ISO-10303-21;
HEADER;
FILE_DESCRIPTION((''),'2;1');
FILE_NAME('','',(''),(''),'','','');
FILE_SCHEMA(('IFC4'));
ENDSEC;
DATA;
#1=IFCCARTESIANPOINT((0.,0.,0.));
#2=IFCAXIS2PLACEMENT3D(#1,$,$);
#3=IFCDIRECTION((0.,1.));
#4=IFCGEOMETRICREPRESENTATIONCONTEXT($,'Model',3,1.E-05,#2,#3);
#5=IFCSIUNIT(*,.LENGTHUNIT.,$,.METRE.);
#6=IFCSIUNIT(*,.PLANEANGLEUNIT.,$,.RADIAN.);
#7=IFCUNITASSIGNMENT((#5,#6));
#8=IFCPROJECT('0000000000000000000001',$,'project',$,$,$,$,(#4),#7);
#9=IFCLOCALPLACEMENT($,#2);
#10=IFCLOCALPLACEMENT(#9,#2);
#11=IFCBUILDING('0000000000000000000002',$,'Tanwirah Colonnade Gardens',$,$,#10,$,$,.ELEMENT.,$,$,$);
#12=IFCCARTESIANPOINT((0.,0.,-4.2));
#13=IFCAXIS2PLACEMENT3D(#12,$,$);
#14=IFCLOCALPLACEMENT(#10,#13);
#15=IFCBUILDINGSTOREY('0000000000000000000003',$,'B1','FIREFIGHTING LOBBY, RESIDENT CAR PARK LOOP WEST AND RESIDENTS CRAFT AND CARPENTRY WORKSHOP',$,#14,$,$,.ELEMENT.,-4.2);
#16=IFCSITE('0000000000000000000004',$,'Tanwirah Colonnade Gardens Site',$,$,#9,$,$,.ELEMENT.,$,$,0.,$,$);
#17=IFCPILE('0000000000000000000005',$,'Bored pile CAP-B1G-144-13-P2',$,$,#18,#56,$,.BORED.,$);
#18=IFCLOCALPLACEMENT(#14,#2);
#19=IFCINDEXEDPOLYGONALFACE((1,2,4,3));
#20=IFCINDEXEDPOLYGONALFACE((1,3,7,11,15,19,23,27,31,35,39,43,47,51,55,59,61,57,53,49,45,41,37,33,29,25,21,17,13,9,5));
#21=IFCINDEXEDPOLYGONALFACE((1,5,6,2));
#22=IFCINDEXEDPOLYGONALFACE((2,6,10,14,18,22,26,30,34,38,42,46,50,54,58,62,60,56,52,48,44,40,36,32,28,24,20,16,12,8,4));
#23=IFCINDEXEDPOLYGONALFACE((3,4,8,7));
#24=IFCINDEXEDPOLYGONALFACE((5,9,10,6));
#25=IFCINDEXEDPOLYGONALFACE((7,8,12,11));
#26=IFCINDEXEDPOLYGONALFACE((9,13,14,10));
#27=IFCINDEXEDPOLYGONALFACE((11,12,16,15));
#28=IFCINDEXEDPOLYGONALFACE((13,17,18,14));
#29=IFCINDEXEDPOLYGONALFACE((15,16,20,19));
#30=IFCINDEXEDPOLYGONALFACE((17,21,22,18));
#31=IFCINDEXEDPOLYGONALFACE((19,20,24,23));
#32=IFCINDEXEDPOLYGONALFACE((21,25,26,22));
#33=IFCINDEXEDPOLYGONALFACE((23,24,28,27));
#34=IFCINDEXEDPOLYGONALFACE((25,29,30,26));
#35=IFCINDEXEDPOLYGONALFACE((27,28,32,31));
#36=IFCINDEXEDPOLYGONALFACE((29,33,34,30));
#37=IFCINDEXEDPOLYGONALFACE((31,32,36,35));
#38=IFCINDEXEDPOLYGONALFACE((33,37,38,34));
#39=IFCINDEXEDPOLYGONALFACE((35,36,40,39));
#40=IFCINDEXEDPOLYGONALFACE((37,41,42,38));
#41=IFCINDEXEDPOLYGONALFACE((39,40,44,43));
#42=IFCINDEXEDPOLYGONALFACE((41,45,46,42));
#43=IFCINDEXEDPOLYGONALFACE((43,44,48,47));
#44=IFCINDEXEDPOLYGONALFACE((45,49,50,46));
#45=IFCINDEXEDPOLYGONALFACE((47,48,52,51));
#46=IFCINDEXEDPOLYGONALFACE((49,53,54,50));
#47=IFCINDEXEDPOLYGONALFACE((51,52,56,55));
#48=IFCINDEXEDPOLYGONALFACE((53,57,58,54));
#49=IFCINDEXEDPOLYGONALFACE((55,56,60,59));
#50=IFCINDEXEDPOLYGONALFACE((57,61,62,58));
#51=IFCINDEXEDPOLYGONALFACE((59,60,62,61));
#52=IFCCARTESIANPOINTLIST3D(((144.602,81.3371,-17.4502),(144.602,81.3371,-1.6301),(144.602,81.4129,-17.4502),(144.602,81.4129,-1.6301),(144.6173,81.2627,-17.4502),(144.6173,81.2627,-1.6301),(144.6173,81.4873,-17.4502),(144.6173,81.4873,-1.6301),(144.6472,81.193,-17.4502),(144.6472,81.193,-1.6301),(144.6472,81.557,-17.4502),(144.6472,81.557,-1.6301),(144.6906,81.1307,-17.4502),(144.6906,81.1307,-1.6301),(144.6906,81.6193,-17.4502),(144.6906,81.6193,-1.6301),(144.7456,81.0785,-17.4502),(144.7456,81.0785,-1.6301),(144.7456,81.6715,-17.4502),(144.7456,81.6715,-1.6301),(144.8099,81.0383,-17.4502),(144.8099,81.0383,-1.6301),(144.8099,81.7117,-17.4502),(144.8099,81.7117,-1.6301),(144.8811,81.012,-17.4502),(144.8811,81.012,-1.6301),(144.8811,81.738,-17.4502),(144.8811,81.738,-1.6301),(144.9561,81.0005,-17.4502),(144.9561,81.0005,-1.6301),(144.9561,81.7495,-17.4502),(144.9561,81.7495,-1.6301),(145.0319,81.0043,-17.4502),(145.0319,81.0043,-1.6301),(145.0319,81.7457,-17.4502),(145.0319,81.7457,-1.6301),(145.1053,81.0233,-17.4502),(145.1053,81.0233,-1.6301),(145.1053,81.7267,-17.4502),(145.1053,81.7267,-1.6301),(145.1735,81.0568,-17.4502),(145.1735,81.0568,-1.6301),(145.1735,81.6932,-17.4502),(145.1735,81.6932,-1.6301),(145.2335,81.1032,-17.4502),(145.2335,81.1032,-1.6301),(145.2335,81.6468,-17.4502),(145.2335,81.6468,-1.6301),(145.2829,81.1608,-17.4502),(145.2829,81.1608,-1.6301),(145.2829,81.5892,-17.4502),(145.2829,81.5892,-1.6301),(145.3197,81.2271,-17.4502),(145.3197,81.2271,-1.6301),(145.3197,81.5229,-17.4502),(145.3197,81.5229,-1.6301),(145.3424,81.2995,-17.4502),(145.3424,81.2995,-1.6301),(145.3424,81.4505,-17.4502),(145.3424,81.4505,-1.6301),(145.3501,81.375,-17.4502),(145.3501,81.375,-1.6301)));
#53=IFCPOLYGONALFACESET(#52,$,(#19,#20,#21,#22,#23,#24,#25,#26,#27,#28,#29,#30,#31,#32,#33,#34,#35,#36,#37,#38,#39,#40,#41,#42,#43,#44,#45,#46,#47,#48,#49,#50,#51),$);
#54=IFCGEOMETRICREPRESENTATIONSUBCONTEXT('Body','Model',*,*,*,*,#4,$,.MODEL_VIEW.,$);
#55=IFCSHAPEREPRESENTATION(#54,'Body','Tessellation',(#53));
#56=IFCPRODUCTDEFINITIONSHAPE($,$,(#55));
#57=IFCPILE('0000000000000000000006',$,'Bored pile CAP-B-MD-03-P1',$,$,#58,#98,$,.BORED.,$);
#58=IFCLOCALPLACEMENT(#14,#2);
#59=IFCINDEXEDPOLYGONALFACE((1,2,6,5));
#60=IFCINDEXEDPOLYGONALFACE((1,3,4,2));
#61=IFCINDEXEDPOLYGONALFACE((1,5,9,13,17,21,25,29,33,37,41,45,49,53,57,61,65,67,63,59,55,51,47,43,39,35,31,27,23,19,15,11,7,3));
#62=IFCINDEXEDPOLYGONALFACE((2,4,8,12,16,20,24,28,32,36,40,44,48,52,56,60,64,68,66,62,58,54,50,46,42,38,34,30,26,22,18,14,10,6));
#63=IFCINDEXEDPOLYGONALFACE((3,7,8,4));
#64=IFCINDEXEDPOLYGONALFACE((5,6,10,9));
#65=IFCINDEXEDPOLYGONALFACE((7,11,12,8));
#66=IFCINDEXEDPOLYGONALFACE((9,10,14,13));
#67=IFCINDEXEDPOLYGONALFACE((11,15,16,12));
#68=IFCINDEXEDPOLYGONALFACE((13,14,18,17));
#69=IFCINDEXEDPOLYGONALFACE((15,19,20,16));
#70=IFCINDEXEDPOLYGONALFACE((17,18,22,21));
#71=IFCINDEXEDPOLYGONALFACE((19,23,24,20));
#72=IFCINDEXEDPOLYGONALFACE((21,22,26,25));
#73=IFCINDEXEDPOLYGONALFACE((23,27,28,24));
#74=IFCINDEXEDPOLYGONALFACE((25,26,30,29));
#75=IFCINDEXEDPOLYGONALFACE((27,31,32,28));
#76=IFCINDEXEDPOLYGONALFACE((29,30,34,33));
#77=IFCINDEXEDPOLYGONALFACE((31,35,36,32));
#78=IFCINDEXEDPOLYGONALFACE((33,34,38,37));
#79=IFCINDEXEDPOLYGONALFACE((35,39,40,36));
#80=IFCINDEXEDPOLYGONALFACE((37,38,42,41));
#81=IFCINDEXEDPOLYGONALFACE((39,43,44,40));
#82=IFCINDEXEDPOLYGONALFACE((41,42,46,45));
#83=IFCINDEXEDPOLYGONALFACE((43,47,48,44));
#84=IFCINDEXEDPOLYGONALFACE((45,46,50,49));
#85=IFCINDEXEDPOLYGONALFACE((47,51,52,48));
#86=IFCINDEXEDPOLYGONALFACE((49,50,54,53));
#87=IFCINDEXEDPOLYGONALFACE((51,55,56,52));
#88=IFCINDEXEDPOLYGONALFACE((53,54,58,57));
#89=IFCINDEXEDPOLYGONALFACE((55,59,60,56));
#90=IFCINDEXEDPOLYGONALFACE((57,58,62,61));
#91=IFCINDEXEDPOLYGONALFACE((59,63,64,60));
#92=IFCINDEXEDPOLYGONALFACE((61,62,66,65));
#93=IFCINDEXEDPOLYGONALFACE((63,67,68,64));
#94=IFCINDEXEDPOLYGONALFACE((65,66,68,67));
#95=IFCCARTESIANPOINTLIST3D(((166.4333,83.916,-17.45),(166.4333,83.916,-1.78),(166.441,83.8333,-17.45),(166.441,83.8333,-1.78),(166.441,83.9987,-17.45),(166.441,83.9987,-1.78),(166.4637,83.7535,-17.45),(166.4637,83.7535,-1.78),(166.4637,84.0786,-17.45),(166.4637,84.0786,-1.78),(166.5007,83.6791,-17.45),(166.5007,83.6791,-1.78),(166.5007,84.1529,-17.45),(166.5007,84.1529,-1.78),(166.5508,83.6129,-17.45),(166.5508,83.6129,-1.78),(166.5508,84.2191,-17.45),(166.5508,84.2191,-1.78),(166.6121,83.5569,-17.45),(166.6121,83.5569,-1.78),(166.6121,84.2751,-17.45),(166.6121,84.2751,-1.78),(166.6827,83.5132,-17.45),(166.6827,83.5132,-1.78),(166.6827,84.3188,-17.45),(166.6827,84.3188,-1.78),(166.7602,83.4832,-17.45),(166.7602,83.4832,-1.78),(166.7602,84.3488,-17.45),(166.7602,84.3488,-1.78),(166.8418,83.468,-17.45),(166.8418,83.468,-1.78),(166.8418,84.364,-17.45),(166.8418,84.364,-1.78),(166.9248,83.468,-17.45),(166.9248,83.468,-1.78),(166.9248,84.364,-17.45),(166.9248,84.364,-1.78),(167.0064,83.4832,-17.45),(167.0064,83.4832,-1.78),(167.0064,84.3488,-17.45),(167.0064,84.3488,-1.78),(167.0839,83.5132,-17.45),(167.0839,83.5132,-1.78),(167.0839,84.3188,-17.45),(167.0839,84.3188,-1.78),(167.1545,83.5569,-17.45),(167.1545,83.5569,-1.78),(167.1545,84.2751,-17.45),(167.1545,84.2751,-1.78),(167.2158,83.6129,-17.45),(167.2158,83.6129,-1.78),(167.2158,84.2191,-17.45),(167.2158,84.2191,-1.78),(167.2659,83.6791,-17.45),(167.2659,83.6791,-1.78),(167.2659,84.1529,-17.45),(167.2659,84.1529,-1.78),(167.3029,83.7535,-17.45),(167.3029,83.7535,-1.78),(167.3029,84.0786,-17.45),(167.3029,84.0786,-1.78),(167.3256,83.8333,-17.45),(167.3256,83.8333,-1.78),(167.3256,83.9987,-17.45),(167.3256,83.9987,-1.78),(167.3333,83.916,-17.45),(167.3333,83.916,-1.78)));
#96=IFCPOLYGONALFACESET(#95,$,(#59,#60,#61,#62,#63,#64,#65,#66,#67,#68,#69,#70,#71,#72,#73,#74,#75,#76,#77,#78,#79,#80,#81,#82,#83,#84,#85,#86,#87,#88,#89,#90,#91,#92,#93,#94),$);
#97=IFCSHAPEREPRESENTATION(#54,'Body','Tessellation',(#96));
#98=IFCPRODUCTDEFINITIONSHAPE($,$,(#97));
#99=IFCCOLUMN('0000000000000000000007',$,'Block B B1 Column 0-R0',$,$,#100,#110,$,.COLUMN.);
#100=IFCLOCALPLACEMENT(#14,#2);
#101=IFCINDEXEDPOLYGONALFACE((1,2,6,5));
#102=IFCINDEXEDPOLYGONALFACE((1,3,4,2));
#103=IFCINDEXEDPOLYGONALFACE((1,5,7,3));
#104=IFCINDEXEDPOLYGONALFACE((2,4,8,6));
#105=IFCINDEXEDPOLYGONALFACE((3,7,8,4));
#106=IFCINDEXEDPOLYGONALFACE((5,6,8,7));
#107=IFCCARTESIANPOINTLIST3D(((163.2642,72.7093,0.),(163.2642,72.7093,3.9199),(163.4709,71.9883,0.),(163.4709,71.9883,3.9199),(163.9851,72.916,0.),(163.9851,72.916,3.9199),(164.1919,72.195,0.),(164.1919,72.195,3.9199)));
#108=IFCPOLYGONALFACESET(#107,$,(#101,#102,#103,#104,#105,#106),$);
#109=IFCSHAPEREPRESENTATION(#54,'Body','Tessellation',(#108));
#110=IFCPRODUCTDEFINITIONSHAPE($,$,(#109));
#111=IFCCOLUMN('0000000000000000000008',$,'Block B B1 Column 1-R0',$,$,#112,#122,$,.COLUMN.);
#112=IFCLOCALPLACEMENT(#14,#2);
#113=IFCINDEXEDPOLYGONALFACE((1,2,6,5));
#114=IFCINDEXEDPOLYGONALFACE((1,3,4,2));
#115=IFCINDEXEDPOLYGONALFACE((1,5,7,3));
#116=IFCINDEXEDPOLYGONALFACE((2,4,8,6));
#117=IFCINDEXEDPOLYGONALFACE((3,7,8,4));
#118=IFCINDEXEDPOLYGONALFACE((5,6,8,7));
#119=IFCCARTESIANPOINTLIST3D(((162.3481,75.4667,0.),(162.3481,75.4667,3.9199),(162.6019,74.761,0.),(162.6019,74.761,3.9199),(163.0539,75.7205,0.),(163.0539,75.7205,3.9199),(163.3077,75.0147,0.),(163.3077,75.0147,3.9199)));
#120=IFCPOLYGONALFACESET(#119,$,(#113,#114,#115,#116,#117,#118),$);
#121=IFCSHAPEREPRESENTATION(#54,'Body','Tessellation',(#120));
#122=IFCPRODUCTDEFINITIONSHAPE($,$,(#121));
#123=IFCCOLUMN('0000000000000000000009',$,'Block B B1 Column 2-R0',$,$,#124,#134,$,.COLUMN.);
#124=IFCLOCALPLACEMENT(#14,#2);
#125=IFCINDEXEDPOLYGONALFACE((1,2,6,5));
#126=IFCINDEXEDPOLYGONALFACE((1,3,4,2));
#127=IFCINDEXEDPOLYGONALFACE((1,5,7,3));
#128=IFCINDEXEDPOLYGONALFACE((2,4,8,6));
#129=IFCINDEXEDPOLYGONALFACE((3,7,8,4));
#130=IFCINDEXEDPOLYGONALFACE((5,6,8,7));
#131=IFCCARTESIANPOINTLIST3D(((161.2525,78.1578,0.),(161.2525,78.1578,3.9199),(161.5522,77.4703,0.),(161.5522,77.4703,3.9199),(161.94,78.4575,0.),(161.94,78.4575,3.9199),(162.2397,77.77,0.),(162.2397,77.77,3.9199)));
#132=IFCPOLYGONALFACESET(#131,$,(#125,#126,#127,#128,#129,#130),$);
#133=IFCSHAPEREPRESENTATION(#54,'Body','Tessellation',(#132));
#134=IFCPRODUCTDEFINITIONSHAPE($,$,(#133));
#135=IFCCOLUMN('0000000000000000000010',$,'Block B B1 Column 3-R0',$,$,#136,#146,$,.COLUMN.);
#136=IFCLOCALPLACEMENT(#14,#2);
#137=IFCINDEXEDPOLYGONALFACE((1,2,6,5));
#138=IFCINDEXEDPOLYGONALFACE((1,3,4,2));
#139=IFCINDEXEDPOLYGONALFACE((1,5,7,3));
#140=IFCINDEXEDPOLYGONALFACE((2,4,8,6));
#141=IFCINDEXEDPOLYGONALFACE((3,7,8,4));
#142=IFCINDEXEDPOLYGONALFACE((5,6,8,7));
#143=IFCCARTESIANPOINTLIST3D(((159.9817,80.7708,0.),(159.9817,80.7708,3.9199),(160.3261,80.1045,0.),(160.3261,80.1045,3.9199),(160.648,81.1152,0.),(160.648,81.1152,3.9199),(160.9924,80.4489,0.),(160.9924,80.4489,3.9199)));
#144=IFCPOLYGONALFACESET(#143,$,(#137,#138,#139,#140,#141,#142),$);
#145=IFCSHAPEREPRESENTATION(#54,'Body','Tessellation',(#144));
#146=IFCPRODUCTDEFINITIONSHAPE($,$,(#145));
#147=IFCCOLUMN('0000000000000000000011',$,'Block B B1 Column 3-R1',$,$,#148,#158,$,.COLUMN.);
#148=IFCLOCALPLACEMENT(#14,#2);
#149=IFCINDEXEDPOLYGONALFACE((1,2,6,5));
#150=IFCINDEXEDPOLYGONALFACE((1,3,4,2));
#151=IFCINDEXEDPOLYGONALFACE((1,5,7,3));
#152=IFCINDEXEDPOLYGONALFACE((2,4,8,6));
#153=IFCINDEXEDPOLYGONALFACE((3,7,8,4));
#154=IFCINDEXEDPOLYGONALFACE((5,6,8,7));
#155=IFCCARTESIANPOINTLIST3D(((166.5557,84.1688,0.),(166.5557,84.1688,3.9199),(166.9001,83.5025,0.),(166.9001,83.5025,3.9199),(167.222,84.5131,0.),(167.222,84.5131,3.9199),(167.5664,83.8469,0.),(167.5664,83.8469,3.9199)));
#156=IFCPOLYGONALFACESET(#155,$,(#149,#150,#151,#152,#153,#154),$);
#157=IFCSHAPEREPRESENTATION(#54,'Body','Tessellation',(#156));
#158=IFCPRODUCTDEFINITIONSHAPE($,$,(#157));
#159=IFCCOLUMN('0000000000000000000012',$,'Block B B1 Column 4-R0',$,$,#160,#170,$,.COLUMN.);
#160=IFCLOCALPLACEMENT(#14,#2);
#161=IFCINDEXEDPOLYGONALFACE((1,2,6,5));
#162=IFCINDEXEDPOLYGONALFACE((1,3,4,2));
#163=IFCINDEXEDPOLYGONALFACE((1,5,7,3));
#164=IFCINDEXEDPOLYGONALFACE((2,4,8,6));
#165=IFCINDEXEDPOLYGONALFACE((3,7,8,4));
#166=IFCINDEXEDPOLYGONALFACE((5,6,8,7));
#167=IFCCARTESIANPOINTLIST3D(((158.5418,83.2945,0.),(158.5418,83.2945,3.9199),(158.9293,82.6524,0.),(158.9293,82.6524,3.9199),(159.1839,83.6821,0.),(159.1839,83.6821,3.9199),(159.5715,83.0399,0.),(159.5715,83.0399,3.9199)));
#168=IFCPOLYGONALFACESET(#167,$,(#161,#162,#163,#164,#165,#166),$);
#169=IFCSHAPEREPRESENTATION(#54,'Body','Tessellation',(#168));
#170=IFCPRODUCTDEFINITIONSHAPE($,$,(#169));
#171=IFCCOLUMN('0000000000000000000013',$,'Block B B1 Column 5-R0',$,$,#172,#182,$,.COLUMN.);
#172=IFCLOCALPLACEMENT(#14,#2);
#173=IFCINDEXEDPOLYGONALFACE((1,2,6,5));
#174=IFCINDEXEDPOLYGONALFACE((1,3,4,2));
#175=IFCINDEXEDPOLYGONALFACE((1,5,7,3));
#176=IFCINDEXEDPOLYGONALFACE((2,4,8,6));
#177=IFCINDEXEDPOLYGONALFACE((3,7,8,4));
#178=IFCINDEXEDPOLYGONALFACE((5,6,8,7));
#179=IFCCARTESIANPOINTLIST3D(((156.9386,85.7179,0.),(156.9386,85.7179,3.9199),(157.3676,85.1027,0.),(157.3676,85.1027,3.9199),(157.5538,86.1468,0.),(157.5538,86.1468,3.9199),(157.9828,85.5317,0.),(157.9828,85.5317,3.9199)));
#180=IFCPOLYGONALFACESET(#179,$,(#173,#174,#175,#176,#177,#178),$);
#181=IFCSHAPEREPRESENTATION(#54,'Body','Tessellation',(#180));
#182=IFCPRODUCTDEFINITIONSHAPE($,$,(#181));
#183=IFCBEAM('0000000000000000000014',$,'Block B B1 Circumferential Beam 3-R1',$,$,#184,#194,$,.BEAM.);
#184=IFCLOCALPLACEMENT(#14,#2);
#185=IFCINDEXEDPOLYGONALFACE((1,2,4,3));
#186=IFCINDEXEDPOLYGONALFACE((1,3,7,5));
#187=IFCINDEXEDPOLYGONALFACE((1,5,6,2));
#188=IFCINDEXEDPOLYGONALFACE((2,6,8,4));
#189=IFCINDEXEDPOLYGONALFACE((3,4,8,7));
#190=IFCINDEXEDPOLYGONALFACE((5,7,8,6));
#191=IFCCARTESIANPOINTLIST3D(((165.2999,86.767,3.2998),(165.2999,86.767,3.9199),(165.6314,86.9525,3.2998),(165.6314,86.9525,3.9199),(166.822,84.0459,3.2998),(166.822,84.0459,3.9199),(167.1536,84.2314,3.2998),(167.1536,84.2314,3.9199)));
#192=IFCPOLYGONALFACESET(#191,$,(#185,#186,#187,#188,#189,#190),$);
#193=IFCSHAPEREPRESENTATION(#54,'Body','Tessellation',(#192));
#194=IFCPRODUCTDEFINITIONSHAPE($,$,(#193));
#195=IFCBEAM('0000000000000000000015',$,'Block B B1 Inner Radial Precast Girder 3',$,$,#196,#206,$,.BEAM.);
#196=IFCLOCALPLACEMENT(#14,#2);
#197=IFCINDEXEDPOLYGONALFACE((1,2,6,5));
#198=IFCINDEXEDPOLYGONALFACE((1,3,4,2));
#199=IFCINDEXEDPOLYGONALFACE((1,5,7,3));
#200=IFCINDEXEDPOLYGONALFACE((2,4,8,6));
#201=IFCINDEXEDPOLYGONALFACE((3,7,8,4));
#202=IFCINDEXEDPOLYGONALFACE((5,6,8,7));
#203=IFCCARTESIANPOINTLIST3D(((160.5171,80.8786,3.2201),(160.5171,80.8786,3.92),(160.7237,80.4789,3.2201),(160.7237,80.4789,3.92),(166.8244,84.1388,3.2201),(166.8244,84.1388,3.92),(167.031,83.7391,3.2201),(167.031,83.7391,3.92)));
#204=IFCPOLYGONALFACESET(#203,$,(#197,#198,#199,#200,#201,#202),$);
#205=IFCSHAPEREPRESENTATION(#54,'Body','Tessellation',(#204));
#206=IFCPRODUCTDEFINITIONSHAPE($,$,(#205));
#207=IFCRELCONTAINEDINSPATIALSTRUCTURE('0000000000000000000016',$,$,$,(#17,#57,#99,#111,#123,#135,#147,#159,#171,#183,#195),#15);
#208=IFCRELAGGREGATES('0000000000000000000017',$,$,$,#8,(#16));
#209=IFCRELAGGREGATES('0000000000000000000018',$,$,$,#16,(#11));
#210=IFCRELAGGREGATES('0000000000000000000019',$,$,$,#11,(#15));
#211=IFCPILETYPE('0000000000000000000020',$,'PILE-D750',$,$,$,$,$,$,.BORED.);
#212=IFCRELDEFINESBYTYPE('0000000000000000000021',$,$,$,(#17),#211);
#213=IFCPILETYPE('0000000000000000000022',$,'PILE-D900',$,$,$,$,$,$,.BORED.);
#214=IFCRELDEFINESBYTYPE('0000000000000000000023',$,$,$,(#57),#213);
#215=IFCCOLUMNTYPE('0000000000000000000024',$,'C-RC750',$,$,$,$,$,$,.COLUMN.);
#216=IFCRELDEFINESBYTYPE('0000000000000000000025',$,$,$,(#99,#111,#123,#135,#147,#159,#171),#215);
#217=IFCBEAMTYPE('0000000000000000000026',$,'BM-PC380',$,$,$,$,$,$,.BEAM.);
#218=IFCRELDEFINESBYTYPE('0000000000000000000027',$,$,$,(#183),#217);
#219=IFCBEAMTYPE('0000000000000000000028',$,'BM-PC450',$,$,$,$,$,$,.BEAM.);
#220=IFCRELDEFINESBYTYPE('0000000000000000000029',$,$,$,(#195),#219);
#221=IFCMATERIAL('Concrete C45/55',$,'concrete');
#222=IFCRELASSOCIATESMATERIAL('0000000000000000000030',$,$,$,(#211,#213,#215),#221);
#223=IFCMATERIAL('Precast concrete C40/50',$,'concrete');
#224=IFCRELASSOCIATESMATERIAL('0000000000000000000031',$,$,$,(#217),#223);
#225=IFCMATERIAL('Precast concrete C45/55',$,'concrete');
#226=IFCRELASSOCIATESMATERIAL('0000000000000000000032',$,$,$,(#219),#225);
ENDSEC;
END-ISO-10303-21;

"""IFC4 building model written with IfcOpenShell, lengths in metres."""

from ifc_helpers import new_model, si_unit, direction, frame, origin, origin_2d, place, context, subcontext, project, spatial, rectangle, circle, extrude, material, material_profile, profile_set, type_object, element, save


model = new_model("IFC4")

# Units and contexts
model_context = context("Model", 3, precision=1e-05, world=origin(), true_north=direction((0.0, 1.0)))
body_context = subcontext(model_context, "Body", "Model", "MODEL_VIEW")
ifc_project = project(units=[si_unit("LENGTHUNIT", "METRE"), si_unit("PLANEANGLEUNIT", "RADIAN")], contexts=[model_context])

# Site, building, storey
site_placement = place(None, origin())
site = spatial("IfcSite", under=ifc_project, at=site_placement, Name="Tanwirah Colonnade Gardens Site", CompositionType="ELEMENT", RefElevation=0.0)
building_placement = place(site_placement, origin())
building = spatial("IfcBuilding", under=site, at=building_placement, Name="Tanwirah Colonnade Gardens", CompositionType="ELEMENT")
storey_placement = place(building_placement, frame((0.0, 0.0, -4.2)))
storey = spatial("IfcBuildingStorey", under=building, at=storey_placement, Name="B1", Description="FIREFIGHTING LOBBY, RESIDENT CAR PARK LOOP WEST AND RESIDENTS CRAFT AND CARPENTRY WORKSHOP", CompositionType="ELEMENT", Elevation=-4.2)

# Shared definitions
ifc_material_1 = material(Name="Concrete C45/55", Category="concrete")

# Piles
ifc_material_profile_1 = material_profile(ifc_material_1, circle(Radius=0.375, at=origin_2d()), Name="PILE D750")
ifc_profile_set_1 = profile_set([ifc_material_profile_1], Name="Concrete C45/55")
pile_type_1 = type_object("IfcPileType", Name="PILE-D750", PredefinedType="BORED", material=ifc_profile_set_1)
for number, where, z_axis, x_axis, name in (
    (1, (144.9751, 81.375, -1.6301), (0.0, 0.0, -1.0), (1.0, 0.0, 0.0), "Bored pile CAP-B1G-144-13-P2"),
):
    element("IfcPile", number, at=place(storey_placement, frame(where, z_axis=z_axis, x_axis=x_axis)), inside=storey, type_object=pile_type_1, Name=name, PredefinedType="BORED", context=body_context, shape_type="SweptSolid", body=[
        extrude(circle(Radius=0.375, at=origin_2d()), origin(), (0.0, 0.0, 1.0), 15.8201),
    ])
ifc_material_profile_2 = material_profile(ifc_material_1, circle(Radius=0.45, at=origin_2d()), Name="PILE D900")
ifc_profile_set_2 = profile_set([ifc_material_profile_2], Name="Concrete C45/55")
pile_type_2 = type_object("IfcPileType", Name="PILE-D900", PredefinedType="BORED", material=ifc_profile_set_2)
pile_placement = place(storey_placement, frame((166.8833, 83.916, -1.78), z_axis=(0.0, 0.0, -1.0), x_axis=(1.0, 0.0, 0.0)))
element("IfcPile", 2, at=pile_placement, inside=storey, type_object=pile_type_2, Name="Bored pile CAP-B-MD-03-P1", PredefinedType="BORED", context=body_context, shape_type="SweptSolid", body=[
    extrude(circle(Radius=0.45, at=origin_2d()), origin(), (0.0, 0.0, 1.0), 15.6699),
])

# Columns
ifc_material_profile_3 = material_profile(ifc_material_1, rectangle(XDim=0.75, YDim=0.75, at=origin_2d()), Name="RC-COL 750x750")
ifc_profile_set_3 = profile_set([ifc_material_profile_3], Name="Concrete C45/55")
column_type = type_object("IfcColumnType", Name="C-RC750", PredefinedType="COLUMN", material=ifc_profile_set_3)
for number, where, z_axis, x_axis, name in (
    (3, (163.728, 72.4521, 0.0), (0.0, 0.0, 1.0), (0.961262, 0.275637, 0.0), "Block B B1 Column 0-R0"),
    (4, (162.8279, 75.2407, 0.0), (0.0, 0.0, 1.0), (0.941012, 0.338373, 0.0), "Block B B1 Column 1-R0"),
    (5, (161.7461, 77.9639, 0.0), (0.0, 0.0, 1.0), (0.916673, 0.399638, 0.0), "Block B B1 Column 2-R0"),
    (6, (160.4871, 80.6099, 0.0), (0.0, 0.0, 1.0), (0.88835, 0.459166, 0.0), "Block B B1 Column 3-R0"),
    (7, (167.061, 84.0078, 0.0), (0.0, 0.0, 1.0), (0.88835, 0.459166, 0.0), "Block B B1 Column 3-R1"),
    (8, (159.0566, 83.1672, 0.0), (0.0, 0.0, 1.0), (0.856167, 0.516699, 0.0), "Block B B1 Column 4-R0"),
    (9, (157.4607, 85.6248, 0.0), (0.0, 0.0, 1.0), (0.820263, 0.571987, 0.0), "Block B B1 Column 5-R0"),
):
    element("IfcColumn", number, at=place(storey_placement, frame(where, z_axis=z_axis, x_axis=x_axis)), inside=storey, type_object=column_type, Name=name, PredefinedType="COLUMN", context=body_context, shape_type="SweptSolid", body=[
        extrude(rectangle(XDim=0.75, YDim=0.75, at=origin_2d()), origin(), (0.0, 0.0, 1.0), 3.9199),
    ])

# Beams
ifc_material_2 = material(Name="Precast concrete C40/50", Category="concrete")
ifc_material_profile_4 = material_profile(ifc_material_2, rectangle(XDim=0.3799, YDim=0.6201, at=origin_2d()), Name="PC-BM 380x620")
ifc_profile_set_4 = profile_set([ifc_material_profile_4], Name="Precast concrete C40/50")
beam_type_1 = type_object("IfcBeamType", Name="BM-PC380", PredefinedType="BEAM", material=ifc_profile_set_4)
beam_1_placement = place(storey_placement, frame((166.9878, 84.1387, 3.6099), z_axis=(-0.4882, 0.872732, 0.0), x_axis=(-0.872732, -0.4882, 0.0)))
element("IfcBeam", 10, at=beam_1_placement, inside=storey, type_object=beam_type_1, Name="Block B B1 Circumferential Beam 3-R1", PredefinedType="BEAM", context=body_context, shape_type="SweptSolid", body=[
    extrude(rectangle(XDim=0.3799, YDim=0.6201, at=origin_2d()), origin(), (0.0, 0.0, 1.0), 3.1179),
])
ifc_material_3 = material(Name="Precast concrete C45/55", Category="concrete")
ifc_material_profile_5 = material_profile(ifc_material_3, rectangle(XDim=0.45, YDim=0.7, at=origin_2d()), Name="PC-BM 450x700")
ifc_profile_set_5 = profile_set([ifc_material_profile_5], Name="Precast concrete C45/55")
beam_type_2 = type_object("IfcBeamType", Name="BM-PC450", PredefinedType="BEAM", material=ifc_profile_set_5)
beam_2_placement = place(storey_placement, frame((166.9277, 83.939, 3.5701), z_axis=(-0.888343, -0.459181, 0.0), x_axis=(0.459181, -0.888343, 0.0)))
element("IfcBeam", 11, at=beam_2_placement, inside=storey, type_object=beam_type_2, Name="Block B B1 Inner Radial Precast Girder 3", PredefinedType="BEAM", context=body_context, shape_type="SweptSolid", body=[
    extrude(rectangle(XDim=0.45, YDim=0.7, at=origin_2d()), origin(), (0.0, 0.0, 1.0), 7.1001),
])

save(model, "model.ifc")
